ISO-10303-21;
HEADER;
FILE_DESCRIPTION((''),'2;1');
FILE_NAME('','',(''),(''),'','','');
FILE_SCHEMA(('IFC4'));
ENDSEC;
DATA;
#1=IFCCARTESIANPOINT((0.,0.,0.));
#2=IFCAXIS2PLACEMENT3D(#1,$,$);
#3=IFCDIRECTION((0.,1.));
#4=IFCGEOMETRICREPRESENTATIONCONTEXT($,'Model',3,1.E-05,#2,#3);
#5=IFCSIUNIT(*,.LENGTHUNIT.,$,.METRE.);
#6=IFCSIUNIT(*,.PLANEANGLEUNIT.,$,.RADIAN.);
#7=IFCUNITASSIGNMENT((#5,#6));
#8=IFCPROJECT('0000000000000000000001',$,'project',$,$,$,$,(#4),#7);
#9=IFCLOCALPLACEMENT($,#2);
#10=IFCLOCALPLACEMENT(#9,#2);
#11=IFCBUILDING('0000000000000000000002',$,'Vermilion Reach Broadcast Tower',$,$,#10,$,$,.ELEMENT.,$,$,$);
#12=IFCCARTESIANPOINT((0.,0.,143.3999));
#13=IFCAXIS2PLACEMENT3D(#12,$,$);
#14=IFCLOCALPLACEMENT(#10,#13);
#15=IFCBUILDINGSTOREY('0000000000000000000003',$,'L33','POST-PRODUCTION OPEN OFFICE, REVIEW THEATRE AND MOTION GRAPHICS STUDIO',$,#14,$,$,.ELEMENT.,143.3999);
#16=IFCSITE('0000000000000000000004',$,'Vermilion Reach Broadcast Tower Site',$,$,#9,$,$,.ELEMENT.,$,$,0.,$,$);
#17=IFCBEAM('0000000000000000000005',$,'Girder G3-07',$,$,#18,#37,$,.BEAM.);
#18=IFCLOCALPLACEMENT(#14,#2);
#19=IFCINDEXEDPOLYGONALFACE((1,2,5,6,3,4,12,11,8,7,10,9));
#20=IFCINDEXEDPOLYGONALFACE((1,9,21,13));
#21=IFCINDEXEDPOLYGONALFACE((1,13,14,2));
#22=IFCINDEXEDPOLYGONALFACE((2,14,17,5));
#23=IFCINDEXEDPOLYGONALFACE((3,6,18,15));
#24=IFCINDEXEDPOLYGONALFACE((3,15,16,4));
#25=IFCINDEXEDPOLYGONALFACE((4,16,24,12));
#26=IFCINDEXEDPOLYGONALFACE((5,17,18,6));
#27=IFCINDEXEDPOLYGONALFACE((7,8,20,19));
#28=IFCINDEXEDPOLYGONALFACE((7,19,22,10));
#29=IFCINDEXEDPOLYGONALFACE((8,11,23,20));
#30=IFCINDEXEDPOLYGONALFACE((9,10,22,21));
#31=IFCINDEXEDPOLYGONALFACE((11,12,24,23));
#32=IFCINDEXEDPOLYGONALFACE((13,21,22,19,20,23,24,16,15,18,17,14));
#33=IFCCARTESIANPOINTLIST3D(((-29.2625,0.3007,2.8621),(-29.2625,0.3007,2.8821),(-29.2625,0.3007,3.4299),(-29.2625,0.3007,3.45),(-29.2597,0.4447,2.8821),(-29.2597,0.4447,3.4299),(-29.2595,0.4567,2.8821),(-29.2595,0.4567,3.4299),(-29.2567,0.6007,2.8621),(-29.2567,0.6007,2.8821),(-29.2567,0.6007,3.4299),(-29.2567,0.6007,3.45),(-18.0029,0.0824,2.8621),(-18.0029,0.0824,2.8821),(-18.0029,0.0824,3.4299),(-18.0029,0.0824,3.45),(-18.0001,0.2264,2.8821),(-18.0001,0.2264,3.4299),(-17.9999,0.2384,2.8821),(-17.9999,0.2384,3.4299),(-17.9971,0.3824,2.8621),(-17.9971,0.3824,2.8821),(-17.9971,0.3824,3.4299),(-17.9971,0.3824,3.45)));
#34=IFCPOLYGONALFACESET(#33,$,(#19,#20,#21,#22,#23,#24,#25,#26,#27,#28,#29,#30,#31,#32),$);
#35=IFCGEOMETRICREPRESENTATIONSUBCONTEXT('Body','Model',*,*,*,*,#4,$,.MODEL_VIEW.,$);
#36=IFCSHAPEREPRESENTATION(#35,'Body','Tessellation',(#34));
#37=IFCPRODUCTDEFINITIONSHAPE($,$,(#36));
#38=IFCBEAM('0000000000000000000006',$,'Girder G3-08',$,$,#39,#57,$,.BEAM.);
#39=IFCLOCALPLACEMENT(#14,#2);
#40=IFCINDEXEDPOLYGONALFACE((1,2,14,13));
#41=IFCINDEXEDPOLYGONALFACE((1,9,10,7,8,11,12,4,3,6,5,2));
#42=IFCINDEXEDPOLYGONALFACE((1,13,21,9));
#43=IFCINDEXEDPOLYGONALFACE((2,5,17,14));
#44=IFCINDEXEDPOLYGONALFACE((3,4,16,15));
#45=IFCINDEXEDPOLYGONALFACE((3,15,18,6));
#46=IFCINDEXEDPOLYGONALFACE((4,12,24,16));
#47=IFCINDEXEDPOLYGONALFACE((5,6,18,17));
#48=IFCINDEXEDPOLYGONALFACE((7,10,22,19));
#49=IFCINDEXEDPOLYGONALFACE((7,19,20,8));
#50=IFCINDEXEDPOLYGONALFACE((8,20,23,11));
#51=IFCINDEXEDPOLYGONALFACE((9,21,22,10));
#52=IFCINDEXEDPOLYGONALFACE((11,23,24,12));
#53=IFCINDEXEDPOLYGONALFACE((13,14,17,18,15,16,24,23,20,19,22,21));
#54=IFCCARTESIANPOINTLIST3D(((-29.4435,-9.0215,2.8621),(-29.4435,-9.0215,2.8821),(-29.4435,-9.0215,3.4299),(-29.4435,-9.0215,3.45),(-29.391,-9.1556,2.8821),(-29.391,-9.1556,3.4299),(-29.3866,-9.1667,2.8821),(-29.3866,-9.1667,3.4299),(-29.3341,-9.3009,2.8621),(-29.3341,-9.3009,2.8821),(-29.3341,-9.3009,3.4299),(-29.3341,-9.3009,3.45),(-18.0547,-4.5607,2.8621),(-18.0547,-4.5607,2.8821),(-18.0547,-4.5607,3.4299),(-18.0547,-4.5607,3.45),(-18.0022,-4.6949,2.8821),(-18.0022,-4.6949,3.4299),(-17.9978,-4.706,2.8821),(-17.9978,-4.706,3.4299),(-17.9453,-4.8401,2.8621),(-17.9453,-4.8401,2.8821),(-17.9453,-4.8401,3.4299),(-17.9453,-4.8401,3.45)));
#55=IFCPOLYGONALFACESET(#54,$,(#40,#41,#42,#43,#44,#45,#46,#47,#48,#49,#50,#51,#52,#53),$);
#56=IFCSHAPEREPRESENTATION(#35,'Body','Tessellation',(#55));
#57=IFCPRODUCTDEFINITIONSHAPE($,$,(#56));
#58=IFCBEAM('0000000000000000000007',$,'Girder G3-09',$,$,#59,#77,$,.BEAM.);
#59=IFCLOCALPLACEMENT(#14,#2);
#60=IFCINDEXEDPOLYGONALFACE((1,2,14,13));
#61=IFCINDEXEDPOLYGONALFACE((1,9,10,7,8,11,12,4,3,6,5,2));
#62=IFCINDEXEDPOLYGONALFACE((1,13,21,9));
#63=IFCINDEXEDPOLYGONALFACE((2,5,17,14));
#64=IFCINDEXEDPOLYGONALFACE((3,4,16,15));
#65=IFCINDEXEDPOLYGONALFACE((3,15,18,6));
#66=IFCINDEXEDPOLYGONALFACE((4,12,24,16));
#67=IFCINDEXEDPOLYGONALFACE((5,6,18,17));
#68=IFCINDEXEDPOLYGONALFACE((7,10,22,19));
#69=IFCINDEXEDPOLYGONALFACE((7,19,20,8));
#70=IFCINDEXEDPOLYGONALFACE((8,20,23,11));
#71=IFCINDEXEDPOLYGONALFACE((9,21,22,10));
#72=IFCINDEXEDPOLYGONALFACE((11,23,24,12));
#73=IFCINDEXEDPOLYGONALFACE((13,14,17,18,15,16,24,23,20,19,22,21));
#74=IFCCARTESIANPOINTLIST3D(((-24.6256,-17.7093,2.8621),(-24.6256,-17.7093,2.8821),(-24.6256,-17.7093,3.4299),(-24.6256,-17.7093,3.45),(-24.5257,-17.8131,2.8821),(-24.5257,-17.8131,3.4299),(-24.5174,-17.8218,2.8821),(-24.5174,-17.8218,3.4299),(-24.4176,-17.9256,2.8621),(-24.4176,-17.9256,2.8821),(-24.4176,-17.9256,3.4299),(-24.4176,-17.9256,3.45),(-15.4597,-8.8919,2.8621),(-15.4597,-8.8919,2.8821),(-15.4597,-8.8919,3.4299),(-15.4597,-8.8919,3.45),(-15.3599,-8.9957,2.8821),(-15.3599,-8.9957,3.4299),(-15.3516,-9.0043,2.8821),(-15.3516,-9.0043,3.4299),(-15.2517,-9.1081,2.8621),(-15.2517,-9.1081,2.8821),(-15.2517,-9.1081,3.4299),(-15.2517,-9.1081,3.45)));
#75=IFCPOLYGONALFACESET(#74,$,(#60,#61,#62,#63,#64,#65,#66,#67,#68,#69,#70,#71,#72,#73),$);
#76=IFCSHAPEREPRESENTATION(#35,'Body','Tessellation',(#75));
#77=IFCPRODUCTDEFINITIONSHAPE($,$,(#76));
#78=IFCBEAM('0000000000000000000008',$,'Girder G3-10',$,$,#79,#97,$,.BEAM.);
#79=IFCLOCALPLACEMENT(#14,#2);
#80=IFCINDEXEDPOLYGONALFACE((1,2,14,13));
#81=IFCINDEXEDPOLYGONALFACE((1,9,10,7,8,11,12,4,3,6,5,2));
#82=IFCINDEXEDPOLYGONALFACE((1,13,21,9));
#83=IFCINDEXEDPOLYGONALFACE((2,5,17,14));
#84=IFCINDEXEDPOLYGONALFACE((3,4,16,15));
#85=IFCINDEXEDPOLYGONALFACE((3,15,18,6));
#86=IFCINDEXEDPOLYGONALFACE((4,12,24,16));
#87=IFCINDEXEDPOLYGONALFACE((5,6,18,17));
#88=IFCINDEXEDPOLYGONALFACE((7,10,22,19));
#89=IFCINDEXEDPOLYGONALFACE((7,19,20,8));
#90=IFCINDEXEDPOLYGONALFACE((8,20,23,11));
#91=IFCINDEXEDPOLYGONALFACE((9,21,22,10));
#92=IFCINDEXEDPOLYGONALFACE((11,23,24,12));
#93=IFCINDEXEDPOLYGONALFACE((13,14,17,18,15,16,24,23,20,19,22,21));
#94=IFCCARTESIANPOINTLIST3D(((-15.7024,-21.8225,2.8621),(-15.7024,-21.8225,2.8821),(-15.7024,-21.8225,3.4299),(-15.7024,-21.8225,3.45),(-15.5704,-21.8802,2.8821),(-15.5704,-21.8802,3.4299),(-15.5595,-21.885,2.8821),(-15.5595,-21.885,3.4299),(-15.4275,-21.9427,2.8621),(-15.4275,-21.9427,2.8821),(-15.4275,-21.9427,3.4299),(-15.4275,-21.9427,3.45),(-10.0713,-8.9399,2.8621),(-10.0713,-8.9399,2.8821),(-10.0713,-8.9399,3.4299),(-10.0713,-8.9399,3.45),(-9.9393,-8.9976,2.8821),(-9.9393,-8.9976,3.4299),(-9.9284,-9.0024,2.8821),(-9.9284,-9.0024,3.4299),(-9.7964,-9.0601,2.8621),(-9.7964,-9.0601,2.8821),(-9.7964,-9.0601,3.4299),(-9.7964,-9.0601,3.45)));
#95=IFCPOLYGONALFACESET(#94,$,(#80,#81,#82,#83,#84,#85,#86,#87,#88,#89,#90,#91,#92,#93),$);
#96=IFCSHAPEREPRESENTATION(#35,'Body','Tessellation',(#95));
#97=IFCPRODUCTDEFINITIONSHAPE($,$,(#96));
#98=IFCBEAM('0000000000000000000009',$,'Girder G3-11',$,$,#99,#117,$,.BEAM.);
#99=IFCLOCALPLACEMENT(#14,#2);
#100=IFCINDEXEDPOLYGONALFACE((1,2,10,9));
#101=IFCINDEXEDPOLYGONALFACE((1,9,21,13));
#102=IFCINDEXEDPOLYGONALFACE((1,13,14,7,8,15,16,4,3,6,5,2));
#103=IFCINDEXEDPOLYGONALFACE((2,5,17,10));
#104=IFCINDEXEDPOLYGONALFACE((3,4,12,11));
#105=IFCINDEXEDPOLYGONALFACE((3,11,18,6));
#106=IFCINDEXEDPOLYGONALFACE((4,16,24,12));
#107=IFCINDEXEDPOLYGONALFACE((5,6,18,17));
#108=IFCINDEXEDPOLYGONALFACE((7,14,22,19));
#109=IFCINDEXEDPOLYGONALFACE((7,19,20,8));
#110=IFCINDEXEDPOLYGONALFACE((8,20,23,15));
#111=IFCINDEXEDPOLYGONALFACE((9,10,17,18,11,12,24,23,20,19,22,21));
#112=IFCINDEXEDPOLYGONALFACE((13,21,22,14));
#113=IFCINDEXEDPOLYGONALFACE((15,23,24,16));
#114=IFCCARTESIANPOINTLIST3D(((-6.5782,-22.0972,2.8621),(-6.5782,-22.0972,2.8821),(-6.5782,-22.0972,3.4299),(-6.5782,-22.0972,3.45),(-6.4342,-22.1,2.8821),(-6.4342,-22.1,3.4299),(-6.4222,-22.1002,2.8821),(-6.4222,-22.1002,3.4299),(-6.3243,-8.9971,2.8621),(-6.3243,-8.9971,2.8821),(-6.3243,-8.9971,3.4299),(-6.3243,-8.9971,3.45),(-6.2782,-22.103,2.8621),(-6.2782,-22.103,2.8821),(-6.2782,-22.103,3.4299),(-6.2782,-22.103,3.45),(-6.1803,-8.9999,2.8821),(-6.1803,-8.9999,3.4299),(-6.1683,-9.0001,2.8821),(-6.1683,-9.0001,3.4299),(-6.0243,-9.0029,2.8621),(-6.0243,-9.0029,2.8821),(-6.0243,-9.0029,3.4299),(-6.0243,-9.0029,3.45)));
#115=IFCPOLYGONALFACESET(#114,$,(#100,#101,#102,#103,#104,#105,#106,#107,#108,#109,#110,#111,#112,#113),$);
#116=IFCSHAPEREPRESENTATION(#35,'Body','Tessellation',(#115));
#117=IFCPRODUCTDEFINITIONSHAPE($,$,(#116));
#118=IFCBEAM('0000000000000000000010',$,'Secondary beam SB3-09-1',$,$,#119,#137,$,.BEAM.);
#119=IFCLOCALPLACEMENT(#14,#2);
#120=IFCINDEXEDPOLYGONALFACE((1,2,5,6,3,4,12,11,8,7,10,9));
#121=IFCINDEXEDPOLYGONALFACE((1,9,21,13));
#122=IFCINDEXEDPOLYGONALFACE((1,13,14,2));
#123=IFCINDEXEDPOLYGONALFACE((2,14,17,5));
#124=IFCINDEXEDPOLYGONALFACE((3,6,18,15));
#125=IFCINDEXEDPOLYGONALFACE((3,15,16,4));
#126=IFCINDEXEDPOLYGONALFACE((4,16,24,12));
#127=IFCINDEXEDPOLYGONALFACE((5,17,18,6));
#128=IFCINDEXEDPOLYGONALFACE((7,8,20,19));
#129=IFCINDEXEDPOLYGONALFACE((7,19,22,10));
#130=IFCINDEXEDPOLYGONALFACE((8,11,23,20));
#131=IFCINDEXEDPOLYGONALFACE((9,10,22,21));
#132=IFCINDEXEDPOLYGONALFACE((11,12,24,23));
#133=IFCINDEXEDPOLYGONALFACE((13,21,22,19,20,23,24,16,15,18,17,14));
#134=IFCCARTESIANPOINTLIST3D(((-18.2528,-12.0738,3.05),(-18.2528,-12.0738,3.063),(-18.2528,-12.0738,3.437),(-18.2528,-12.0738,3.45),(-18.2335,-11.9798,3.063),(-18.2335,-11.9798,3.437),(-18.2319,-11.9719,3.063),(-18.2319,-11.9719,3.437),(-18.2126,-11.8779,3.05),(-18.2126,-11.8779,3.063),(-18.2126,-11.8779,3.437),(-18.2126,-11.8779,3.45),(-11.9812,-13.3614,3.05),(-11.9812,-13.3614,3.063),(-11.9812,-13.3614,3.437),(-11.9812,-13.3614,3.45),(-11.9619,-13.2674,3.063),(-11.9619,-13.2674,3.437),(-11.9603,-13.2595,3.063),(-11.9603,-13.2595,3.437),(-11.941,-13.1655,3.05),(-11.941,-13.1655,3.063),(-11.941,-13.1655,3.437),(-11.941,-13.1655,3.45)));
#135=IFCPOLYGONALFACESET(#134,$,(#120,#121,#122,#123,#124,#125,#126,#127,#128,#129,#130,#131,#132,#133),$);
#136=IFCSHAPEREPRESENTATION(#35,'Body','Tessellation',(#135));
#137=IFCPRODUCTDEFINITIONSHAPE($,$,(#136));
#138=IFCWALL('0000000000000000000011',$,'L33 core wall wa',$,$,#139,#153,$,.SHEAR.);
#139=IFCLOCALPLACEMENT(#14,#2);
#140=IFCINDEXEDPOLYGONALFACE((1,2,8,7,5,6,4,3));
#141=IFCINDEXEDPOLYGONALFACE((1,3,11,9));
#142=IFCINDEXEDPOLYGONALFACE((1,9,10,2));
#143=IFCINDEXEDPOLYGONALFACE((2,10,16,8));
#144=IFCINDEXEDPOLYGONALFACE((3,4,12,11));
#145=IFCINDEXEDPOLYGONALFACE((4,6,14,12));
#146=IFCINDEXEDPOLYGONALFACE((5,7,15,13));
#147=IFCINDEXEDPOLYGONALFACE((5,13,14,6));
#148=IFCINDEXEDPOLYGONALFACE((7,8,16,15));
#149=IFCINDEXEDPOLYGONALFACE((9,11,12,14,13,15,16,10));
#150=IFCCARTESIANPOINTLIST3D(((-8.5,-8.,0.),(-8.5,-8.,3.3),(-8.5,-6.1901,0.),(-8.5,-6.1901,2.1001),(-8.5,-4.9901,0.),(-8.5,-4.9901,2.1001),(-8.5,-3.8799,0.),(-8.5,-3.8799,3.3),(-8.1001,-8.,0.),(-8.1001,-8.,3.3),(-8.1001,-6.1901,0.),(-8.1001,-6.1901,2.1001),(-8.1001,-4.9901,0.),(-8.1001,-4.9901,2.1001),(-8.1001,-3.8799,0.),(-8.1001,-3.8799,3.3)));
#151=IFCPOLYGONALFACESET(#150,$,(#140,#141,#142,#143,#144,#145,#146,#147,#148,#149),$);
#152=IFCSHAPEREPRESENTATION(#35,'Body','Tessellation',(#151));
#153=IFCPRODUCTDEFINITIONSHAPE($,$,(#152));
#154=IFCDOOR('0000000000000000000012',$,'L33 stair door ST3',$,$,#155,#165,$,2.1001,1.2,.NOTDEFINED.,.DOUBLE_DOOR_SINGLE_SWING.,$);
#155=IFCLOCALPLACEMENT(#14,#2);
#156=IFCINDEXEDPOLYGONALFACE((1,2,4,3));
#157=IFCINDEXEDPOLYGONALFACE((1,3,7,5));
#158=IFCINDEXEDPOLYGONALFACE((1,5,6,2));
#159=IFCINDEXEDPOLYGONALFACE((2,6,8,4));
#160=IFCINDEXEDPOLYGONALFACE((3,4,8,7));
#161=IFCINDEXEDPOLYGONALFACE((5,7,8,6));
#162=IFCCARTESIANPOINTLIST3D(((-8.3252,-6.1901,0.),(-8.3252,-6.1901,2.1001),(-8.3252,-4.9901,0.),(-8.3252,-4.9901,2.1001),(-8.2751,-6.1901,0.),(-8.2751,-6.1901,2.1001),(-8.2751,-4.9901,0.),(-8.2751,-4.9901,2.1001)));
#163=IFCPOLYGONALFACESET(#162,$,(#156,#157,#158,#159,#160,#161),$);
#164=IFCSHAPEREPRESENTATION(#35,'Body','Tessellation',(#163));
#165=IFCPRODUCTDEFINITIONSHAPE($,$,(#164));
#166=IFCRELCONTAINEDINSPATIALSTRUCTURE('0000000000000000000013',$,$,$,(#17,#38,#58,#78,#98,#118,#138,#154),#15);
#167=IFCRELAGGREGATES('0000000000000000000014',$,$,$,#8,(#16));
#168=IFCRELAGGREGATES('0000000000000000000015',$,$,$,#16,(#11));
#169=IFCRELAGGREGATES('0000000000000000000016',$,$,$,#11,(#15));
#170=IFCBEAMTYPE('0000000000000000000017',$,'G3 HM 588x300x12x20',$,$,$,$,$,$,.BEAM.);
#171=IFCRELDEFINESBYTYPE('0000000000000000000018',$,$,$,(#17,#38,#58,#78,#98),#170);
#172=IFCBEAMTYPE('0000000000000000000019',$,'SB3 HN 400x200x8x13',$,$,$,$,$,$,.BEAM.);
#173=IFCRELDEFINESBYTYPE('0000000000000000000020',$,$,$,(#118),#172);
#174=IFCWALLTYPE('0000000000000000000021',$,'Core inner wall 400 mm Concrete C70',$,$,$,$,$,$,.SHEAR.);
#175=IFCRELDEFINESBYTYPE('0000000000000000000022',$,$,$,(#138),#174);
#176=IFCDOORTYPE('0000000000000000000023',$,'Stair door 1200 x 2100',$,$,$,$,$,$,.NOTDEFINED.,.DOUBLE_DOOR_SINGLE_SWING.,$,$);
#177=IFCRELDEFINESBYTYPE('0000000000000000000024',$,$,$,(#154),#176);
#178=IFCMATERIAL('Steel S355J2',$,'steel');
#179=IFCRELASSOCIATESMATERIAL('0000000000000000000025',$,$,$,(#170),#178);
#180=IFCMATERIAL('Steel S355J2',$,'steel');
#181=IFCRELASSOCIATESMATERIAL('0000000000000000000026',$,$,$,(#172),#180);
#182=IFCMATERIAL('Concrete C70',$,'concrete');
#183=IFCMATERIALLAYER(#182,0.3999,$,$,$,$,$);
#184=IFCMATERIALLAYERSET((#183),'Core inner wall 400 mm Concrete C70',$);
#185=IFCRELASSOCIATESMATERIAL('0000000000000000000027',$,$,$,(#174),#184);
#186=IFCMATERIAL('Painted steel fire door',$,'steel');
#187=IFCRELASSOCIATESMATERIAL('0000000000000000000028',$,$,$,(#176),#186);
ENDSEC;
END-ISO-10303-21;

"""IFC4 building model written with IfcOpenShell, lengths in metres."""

from ifc_helpers import new_model, si_unit, direction, frame, frame_2d, origin, origin_2d, place, context, subcontext, project, spatial, rectangle, i_section, extrude, material, layer, layer_set, material_profile, profile_set, type_object, element, fill, save


model = new_model("IFC4")

# Units and contexts
model_context = context("Model", 3, precision=1e-05, world=origin(), true_north=direction((0.0, 1.0)))
body_context = subcontext(model_context, "Body", "Model", "MODEL_VIEW")
ifc_project = project(units=[si_unit("LENGTHUNIT", "METRE"), si_unit("PLANEANGLEUNIT", "RADIAN")], contexts=[model_context])

# Site, building, storey
site_placement = place(None, origin())
site = spatial("IfcSite", under=ifc_project, at=site_placement, Name="Vermilion Reach Broadcast Tower Site", CompositionType="ELEMENT", RefElevation=0.0)
building_placement = place(site_placement, origin())
building = spatial("IfcBuilding", under=site, at=building_placement, Name="Vermilion Reach Broadcast Tower", CompositionType="ELEMENT")
storey_placement = place(building_placement, frame((0.0, 0.0, 143.3999)))
storey = spatial("IfcBuildingStorey", under=building, at=storey_placement, Name="L33", Description="POST-PRODUCTION OPEN OFFICE, REVIEW THEATRE AND MOTION GRAPHICS STUDIO", CompositionType="ELEMENT", Elevation=143.3999)

# Beams
ifc_material_1 = material(Name="Steel S355J2", Category="steel")
ifc_material_profile_1 = material_profile(ifc_material_1, i_section(OverallWidth=0.3, OverallDepth=0.5879, WebThickness=0.012, FlangeThickness=0.02, at=origin_2d()), Name="S355J2 HM 588x300x12x20")
ifc_profile_set_1 = profile_set([ifc_material_profile_1], Name="Steel S355J2")
beam_type_1 = type_object("IfcBeamType", Name="G3 HM 588x300x12x20", PredefinedType="BEAM", material=ifc_profile_set_1)
beam_1_placement = place(storey_placement, frame((-18.0, 0.2324, 3.156), z_axis=(-0.999812, 0.019381, 0.0), x_axis=(-0.019381, -0.999812, 0.0)))
element("IfcBeam", 1, at=beam_1_placement, inside=storey, type_object=beam_type_1, Name="Girder G3-07", PredefinedType="BEAM", context=body_context, shape_type="SweptSolid", body=[
    extrude(i_section(OverallWidth=0.3, OverallDepth=0.5879, WebThickness=0.012, FlangeThickness=0.02, at=origin_2d()), origin(), (0.0, 0.0, 1.0), 11.2617),
])
beam_2_placement = place(storey_placement, frame((-18.0, -4.7004, 3.156), z_axis=(-0.931125, -0.364701, 0.0), x_axis=(0.364701, -0.931125, 0.0)))
element("IfcBeam", 2, at=beam_2_placement, inside=storey, type_object=beam_type_1, Name="Girder G3-08", PredefinedType="BEAM", context=body_context, shape_type="SweptSolid", body=[
    extrude(i_section(OverallWidth=0.3, OverallDepth=0.5879, WebThickness=0.012, FlangeThickness=0.02, at=origin_2d()), origin(), (0.0, 0.0, 1.0), 12.2312),
])
beam_3_placement = place(storey_placement, frame((-15.3557, -9.0, 3.156), z_axis=(-0.72067, -0.693278, 0.0), x_axis=(0.693278, -0.72067, 0.0)))
element("IfcBeam", 3, at=beam_3_placement, inside=storey, type_object=beam_type_1, Name="Girder G3-09", PredefinedType="BEAM", context=body_context, shape_type="SweptSolid", body=[
    extrude(i_section(OverallWidth=0.3, OverallDepth=0.5879, WebThickness=0.012, FlangeThickness=0.02, at=origin_2d()), origin(), (0.0, 0.0, 1.0), 12.7185),
])
beam_4_placement = place(storey_placement, frame((-9.9338, -9.0, 3.156), z_axis=(-0.400519, -0.916288, 0.0), x_axis=(0.916288, -0.400519, 0.0)))
element("IfcBeam", 4, at=beam_4_placement, inside=storey, type_object=beam_type_1, Name="Girder G3-10", PredefinedType="BEAM", context=body_context, shape_type="SweptSolid", body=[
    extrude(i_section(OverallWidth=0.3, OverallDepth=0.5879, WebThickness=0.012, FlangeThickness=0.02, at=origin_2d()), origin(), (0.0, 0.0, 1.0), 14.0596),
])
beam_5_placement = place(storey_placement, frame((-6.1743, -9.0, 3.156), z_axis=(-0.019378, -0.999812, 0.0), x_axis=(0.999812, -0.019378, 0.0)))
element("IfcBeam", 5, at=beam_5_placement, inside=storey, type_object=beam_type_1, Name="Girder G3-11", PredefinedType="BEAM", context=body_context, shape_type="SweptSolid", body=[
    extrude(i_section(OverallWidth=0.3, OverallDepth=0.5879, WebThickness=0.012, FlangeThickness=0.02, at=origin_2d()), origin(), (0.0, 0.0, 1.0), 13.1025),
])
ifc_material_2 = material(Name="Steel S355J2", Category="steel")
ifc_material_profile_2 = material_profile(ifc_material_2, i_section(OverallWidth=0.2, OverallDepth=0.3999, WebThickness=0.0081, FlangeThickness=0.0129, at=origin_2d()), Name="S355J2 HN 400x200x8x13")
ifc_profile_set_2 = profile_set([ifc_material_profile_2], Name="Steel S355J2")
beam_type_2 = type_object("IfcBeamType", Name="SB3 HN 400x200x8x13", PredefinedType="BEAM", material=ifc_profile_set_2)
beam_6_placement = place(storey_placement, frame((-18.2327, -11.9758, 3.25), z_axis=(0.979568, -0.201115, 0.0), x_axis=(0.201115, 0.979568, 0.0)))
element("IfcBeam", 6, at=beam_6_placement, inside=storey, type_object=beam_type_2, Name="Secondary beam SB3-09-1", PredefinedType="BEAM", context=body_context, shape_type="SweptSolid", body=[
    extrude(i_section(OverallWidth=0.2, OverallDepth=0.3999, WebThickness=0.0081, FlangeThickness=0.0129, at=origin_2d()), origin(), (0.0, 0.0, 1.0), 6.4023),
])

# Wall, opening, door
ifc_material_3 = material(Name="Concrete C70", Category="concrete")
ifc_layer_1 = layer(ifc_material_3, 0.3999)
ifc_layer_set_1 = layer_set([ifc_layer_1], Name="Core inner wall 400 mm Concrete C70")
wall_type_1 = type_object("IfcWallType", Name="Core inner wall 400 mm Concrete C70", PredefinedType="SHEAR", material=ifc_layer_set_1)
wall_1_placement = place(storey_placement, frame((-8.3, -3.8799, 0.0), z_axis=(0.0, 0.0, 1.0), x_axis=(0.0, -1.0, 0.0)))
wall_1 = element("IfcWall", 7, at=wall_1_placement, inside=storey, type_object=wall_type_1, Name="L33 core wall wa", PredefinedType="SHEAR", context=body_context, shape_type="SweptSolid", body=[
    extrude(rectangle(XDim=4.1201, YDim=0.3999, at=frame_2d((2.0601, 0.0))), origin(), (0.0, 0.0, 1.0), 3.3),
])
opening_1_placement = place(wall_1_placement, frame((1.1101, 0.0, 0.0)))
opening_1 = element("IfcOpeningElement", 8, at=opening_1_placement, cuts=wall_1, PredefinedType="OPENING", context=body_context, shape_type="SweptSolid", body=[
    extrude(rectangle(XDim=1.2, YDim=2.1001, at=frame_2d((0.6001, 1.05))), frame((0.0, 0.21, 0.0), z_axis=(0.0, -1.0, 0.0), x_axis=(1.0, 0.0, 0.0)), (0.0, 0.0, 1.0), 0.4199),
])
ifc_material_4 = material(Name="Painted steel fire door", Category="steel")
door_type_1 = type_object("IfcDoorType", Name="Stair door 1200 x 2100", OperationType="DOUBLE_DOOR_SINGLE_SWING", PredefinedType="NOTDEFINED", material=ifc_material_4)
door_1_placement = place(opening_1_placement, origin())
door_1 = element("IfcDoor", 9, at=door_1_placement, inside=storey, type_object=door_type_1, Name="L33 stair door ST3", OperationType="DOUBLE_DOOR_SINGLE_SWING", OverallHeight=2.1001, OverallWidth=1.2, PredefinedType="NOTDEFINED", context=body_context, shape_type="SweptSolid", body=[
    extrude(rectangle(XDim=1.2, YDim=2.1001, at=frame_2d((0.6001, 1.05))), frame((0.0, 0.0249, 0.0), z_axis=(0.0, -1.0, 0.0), x_axis=(1.0, 0.0, 0.0)), (0.0, 0.0, 1.0), 0.05),
])
fill(opening_1, door_1)

save(model, "model.ifc")
